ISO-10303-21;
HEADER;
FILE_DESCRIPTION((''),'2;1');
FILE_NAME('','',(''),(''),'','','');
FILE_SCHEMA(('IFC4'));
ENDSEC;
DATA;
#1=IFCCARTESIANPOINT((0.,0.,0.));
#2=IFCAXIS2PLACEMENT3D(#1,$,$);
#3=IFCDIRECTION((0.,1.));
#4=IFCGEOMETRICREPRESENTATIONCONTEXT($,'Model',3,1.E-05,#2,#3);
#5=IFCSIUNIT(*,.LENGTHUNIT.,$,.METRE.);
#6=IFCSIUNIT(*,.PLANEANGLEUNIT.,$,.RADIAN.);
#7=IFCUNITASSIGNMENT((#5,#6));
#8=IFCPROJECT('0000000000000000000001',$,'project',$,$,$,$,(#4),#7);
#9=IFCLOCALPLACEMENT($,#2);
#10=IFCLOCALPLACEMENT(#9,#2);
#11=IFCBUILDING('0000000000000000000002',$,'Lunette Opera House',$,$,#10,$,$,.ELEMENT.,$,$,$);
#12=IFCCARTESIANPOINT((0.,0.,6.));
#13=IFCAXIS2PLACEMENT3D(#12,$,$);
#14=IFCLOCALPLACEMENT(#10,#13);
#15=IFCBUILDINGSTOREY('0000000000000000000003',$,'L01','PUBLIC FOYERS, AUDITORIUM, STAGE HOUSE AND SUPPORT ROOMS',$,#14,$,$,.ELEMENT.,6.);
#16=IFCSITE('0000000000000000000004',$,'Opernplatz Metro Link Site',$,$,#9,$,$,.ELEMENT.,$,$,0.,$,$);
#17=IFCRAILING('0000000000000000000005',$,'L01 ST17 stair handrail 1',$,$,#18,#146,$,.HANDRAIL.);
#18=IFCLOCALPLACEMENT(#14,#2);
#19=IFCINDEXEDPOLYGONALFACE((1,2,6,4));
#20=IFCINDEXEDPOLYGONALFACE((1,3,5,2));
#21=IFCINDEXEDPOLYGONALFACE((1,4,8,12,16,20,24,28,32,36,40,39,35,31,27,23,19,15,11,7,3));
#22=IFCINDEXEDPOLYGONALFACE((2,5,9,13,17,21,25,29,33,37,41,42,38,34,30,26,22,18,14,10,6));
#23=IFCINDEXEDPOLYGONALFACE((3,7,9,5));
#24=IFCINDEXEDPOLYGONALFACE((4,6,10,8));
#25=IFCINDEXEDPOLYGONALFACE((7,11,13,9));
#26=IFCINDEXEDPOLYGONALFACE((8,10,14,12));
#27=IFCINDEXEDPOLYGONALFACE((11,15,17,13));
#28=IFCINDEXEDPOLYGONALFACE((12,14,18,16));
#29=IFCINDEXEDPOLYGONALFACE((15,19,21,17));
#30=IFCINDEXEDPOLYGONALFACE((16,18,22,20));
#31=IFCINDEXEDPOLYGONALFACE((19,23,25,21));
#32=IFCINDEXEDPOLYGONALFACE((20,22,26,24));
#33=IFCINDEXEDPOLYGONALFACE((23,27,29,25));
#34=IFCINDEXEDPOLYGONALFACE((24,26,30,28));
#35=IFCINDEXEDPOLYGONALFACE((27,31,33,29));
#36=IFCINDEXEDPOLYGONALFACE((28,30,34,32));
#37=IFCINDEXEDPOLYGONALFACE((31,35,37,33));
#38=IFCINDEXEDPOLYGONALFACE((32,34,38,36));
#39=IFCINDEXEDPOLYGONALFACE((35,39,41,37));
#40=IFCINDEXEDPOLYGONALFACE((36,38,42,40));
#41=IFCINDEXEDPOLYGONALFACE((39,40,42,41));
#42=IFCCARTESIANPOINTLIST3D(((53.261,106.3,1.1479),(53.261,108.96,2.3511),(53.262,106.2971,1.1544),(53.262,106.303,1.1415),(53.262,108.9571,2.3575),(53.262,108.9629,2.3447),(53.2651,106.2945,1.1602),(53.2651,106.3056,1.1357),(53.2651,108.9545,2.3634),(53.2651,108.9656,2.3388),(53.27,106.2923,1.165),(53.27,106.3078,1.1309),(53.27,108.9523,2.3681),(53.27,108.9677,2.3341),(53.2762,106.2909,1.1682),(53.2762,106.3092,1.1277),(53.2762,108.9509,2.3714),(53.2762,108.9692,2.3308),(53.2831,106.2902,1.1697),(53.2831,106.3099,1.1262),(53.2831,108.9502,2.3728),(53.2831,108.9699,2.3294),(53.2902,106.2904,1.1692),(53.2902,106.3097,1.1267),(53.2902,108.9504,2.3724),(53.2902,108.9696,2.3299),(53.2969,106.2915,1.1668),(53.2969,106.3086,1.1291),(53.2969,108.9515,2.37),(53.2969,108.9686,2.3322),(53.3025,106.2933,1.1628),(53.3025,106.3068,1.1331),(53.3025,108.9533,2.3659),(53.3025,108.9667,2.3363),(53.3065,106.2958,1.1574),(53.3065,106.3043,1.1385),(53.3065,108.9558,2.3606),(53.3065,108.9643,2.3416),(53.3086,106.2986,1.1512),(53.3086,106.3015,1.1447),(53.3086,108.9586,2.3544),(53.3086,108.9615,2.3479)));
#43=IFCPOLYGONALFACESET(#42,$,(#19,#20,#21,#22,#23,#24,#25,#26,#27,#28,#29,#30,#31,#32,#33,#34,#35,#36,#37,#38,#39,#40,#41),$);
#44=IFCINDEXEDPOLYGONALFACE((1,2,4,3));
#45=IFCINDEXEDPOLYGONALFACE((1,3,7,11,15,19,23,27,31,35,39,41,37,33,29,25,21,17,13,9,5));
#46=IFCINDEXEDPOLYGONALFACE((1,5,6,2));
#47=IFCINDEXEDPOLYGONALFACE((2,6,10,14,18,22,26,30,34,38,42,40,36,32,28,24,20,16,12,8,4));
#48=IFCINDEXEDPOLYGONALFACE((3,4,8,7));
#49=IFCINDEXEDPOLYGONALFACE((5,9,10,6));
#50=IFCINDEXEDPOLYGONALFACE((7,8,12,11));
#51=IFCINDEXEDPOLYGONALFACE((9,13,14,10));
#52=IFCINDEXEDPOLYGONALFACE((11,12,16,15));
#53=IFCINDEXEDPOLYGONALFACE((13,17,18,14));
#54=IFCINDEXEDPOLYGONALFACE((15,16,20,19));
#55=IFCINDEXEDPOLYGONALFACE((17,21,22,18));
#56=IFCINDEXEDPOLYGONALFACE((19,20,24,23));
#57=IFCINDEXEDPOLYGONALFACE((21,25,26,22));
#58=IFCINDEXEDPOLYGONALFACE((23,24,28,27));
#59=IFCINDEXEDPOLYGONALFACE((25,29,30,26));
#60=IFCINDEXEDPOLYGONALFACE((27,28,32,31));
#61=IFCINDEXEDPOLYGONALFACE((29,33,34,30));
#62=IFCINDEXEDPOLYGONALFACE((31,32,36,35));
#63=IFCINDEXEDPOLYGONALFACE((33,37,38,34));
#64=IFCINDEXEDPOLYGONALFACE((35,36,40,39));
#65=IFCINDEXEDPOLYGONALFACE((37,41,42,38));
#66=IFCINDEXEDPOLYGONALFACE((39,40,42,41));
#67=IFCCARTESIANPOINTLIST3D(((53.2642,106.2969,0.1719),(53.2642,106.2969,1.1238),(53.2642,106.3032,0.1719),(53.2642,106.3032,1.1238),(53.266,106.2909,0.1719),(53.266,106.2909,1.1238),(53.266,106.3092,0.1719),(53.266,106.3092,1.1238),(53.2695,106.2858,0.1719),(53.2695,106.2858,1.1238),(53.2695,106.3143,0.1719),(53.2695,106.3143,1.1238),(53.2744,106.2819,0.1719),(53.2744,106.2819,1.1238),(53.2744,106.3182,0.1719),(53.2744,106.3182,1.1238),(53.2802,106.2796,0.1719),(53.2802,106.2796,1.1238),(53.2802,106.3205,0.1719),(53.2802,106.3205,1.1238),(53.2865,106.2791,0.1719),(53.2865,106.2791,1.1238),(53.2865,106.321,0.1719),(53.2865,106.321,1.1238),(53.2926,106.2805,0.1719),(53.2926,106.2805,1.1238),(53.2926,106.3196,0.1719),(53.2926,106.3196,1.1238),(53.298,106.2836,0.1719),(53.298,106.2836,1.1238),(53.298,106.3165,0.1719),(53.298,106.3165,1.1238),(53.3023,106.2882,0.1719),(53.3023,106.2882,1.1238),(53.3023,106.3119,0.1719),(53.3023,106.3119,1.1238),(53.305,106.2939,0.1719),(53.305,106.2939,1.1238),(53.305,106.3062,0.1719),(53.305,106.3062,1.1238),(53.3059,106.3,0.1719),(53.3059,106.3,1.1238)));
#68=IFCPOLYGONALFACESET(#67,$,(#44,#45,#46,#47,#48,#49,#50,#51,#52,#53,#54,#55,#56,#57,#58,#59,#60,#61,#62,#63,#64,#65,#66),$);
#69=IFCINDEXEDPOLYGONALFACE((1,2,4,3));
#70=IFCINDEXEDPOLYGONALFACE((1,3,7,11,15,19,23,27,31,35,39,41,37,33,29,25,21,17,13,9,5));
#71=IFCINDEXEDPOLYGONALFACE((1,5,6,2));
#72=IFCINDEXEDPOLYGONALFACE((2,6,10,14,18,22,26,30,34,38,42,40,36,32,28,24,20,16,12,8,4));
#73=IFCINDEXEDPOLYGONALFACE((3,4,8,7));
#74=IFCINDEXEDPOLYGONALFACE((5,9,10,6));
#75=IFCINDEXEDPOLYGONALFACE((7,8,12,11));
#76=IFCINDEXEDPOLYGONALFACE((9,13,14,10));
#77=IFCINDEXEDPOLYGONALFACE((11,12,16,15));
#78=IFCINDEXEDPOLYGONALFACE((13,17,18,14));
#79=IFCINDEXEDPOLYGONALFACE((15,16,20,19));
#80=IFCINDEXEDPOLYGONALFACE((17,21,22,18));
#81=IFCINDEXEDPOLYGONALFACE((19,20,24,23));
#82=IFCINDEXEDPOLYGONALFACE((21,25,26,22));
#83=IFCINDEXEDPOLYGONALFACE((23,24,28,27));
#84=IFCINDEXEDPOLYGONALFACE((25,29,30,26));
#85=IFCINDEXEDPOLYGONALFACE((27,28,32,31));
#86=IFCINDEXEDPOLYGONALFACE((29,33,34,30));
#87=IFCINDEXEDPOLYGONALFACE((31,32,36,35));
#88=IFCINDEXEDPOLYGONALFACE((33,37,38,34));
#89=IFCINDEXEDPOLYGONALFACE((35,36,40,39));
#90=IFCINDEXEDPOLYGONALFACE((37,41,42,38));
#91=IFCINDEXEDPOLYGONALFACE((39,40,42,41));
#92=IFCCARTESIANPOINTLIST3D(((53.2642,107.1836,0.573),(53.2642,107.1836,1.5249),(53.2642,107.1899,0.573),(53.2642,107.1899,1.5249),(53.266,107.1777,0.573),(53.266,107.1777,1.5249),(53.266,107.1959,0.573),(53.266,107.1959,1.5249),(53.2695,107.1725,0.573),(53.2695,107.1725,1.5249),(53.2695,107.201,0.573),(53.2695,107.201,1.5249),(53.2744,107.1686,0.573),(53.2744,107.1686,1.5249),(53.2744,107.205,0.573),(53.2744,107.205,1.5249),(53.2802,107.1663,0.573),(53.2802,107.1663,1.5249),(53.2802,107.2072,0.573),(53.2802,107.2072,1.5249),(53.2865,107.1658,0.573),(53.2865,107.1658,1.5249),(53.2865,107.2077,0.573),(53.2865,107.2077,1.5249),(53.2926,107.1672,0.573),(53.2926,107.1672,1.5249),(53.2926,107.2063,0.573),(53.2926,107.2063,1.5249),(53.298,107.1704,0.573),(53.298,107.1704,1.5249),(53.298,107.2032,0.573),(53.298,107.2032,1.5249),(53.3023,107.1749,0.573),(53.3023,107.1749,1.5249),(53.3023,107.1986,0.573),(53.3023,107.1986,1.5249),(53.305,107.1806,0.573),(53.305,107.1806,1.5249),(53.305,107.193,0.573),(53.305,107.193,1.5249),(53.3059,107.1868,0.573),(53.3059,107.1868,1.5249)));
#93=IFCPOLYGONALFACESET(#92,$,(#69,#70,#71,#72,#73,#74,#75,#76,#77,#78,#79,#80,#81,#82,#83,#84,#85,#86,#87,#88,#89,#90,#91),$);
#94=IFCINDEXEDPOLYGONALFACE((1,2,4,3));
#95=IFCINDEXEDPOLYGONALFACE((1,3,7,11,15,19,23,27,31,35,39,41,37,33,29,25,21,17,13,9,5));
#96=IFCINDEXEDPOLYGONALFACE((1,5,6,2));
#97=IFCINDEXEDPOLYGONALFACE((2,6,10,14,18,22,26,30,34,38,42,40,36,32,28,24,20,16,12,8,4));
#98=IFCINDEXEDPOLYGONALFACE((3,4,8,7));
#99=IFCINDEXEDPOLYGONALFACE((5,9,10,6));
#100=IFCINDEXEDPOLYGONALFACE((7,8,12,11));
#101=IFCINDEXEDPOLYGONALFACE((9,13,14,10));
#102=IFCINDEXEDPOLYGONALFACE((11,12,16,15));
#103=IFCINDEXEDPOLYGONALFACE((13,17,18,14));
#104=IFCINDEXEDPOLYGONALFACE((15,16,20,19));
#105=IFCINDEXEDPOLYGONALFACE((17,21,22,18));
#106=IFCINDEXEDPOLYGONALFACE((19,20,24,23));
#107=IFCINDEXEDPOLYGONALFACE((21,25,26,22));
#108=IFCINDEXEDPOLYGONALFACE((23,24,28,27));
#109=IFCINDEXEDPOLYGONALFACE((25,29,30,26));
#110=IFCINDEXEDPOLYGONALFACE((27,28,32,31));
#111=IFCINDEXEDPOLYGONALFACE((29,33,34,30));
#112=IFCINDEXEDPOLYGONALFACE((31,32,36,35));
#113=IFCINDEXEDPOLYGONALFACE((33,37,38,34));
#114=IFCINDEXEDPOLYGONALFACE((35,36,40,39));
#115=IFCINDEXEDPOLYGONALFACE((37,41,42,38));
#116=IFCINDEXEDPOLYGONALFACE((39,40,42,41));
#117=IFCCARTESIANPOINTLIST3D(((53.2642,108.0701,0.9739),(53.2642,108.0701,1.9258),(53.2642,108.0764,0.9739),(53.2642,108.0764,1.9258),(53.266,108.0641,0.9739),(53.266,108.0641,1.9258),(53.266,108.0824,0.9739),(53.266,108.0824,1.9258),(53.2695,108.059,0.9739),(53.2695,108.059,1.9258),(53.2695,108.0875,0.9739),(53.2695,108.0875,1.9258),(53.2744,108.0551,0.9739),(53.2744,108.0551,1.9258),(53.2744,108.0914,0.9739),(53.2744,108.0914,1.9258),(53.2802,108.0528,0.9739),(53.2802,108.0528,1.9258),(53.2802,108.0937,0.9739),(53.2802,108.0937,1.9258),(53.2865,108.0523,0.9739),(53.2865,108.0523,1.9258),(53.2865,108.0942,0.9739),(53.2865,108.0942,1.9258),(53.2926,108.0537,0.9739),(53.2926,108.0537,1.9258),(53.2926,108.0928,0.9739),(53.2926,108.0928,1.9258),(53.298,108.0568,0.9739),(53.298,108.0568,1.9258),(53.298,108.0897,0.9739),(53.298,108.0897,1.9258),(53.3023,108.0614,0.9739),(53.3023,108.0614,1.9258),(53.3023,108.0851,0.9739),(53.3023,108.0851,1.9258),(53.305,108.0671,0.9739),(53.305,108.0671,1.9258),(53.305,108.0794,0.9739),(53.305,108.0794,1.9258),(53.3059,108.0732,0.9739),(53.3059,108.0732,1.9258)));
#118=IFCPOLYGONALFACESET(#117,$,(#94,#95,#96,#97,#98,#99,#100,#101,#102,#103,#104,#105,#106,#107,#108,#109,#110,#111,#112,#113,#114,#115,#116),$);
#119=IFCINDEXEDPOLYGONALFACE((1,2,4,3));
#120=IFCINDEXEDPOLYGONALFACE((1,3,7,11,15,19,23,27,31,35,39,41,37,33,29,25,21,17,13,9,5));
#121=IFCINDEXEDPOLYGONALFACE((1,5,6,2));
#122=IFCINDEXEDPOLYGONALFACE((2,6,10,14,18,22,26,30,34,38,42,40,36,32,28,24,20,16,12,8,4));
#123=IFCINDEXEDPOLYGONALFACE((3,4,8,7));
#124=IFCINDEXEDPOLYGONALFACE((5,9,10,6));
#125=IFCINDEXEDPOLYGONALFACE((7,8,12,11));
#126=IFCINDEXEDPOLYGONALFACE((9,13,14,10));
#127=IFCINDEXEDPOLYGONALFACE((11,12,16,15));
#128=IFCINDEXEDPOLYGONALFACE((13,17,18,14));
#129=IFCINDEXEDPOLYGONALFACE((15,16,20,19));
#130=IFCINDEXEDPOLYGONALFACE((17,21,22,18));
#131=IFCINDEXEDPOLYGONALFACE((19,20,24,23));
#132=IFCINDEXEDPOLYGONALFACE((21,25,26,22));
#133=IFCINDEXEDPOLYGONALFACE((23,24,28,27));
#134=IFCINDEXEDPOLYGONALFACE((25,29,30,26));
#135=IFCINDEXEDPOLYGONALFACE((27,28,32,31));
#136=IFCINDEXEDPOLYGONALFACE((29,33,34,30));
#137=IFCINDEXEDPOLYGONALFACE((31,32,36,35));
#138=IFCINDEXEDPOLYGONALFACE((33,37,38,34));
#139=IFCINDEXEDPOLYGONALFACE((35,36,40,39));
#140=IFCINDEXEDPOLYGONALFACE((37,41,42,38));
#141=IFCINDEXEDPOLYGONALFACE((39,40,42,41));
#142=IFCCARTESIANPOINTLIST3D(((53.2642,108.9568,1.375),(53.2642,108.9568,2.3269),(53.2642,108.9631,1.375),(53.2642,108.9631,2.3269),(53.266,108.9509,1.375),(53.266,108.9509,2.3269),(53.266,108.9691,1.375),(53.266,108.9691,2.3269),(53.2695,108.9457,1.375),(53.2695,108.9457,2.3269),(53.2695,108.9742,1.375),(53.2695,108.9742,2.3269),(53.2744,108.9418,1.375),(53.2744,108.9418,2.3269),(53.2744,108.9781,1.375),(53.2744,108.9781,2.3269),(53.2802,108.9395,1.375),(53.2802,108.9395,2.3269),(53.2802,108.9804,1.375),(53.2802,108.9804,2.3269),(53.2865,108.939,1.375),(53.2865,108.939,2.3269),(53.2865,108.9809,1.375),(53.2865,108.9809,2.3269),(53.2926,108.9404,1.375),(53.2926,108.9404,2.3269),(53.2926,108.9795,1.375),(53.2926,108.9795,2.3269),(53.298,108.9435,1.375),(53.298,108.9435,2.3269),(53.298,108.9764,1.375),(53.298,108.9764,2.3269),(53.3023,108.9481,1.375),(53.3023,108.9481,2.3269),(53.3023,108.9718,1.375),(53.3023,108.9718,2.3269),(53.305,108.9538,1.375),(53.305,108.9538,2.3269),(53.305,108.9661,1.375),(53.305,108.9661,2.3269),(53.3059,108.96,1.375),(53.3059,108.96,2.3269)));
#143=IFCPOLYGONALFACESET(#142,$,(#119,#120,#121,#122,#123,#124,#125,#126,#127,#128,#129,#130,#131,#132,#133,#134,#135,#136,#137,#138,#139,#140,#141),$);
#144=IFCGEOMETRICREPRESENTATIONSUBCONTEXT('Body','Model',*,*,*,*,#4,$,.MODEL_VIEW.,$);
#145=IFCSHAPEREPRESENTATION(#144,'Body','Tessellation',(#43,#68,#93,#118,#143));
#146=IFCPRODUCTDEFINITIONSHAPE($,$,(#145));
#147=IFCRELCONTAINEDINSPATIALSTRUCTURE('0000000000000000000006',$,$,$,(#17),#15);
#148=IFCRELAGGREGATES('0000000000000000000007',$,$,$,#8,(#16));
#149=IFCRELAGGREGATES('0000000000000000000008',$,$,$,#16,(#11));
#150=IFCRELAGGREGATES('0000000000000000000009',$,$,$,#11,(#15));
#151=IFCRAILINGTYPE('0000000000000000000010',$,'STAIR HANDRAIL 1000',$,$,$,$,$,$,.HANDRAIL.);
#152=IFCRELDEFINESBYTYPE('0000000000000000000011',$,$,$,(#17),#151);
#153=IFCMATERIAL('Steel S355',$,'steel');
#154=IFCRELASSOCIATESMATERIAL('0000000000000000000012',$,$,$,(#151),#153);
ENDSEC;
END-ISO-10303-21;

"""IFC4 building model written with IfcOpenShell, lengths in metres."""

from ifc_helpers import new_model, si_unit, direction, frame, origin, origin_2d, place, context, subcontext, project, spatial, circle, extrude, material, type_object, element, save


model = new_model("IFC4")

# Units and contexts
model_context = context("Model", 3, precision=1e-05, world=origin(), true_north=direction((0.0, 1.0)))
body_context = subcontext(model_context, "Body", "Model", "MODEL_VIEW")
ifc_project = project(units=[si_unit("LENGTHUNIT", "METRE"), si_unit("PLANEANGLEUNIT", "RADIAN")], contexts=[model_context])

# Site, building, storey
site_placement = place(None, origin())
site = spatial("IfcSite", under=ifc_project, at=site_placement, Name="Opernplatz Metro Link Site", CompositionType="ELEMENT", RefElevation=0.0)
building_placement = place(site_placement, origin())
building = spatial("IfcBuilding", under=site, at=building_placement, Name="Lunette Opera House", CompositionType="ELEMENT")
storey_placement = place(building_placement, frame((0.0, 0.0, 6.0)))
storey = spatial("IfcBuildingStorey", under=building, at=storey_placement, Name="L01", Description="PUBLIC FOYERS, AUDITORIUM, STAGE HOUSE AND SUPPORT ROOMS", CompositionType="ELEMENT", Elevation=6.0)

# Railing
ifc_material_1 = material(Name="Steel S355", Category="steel")
railing_type_1 = type_object("IfcRailingType", Name="STAIR HANDRAIL 1000", PredefinedType="HANDRAIL", material=ifc_material_1)
railing_1_placement = place(storey_placement, frame((53.2849, 106.3, 0.1719)))
element("IfcRailing", 1, at=railing_1_placement, inside=storey, type_object=railing_type_1, Name="L01 ST17 stair handrail 1", PredefinedType="HANDRAIL", context=body_context, shape_type="SweptSolid", body=[
    extrude(circle(Radius=0.0239, at=origin_2d()), frame((0.0, 0.0, 0.9761), z_axis=(0.0, 0.91113, 0.41212), x_axis=(-1.0, 0.0, 0.0)), (0.0, 0.0, 1.0), 2.9194),
    extrude(circle(Radius=0.021, at=origin_2d()), origin(), (0.0, 0.0, 1.0), 0.9519),
    extrude(circle(Radius=0.021, at=origin_2d()), frame((0.0, 0.8867, 0.4011)), (0.0, 0.0, 1.0), 0.9519),
    extrude(circle(Radius=0.021, at=origin_2d()), frame((0.0, 1.7732, 0.802)), (0.0, 0.0, 1.0), 0.9519),
    extrude(circle(Radius=0.021, at=origin_2d()), frame((0.0, 2.6599, 1.2031)), (0.0, 0.0, 1.0), 0.9519),
])

save(model, "model.ifc")
